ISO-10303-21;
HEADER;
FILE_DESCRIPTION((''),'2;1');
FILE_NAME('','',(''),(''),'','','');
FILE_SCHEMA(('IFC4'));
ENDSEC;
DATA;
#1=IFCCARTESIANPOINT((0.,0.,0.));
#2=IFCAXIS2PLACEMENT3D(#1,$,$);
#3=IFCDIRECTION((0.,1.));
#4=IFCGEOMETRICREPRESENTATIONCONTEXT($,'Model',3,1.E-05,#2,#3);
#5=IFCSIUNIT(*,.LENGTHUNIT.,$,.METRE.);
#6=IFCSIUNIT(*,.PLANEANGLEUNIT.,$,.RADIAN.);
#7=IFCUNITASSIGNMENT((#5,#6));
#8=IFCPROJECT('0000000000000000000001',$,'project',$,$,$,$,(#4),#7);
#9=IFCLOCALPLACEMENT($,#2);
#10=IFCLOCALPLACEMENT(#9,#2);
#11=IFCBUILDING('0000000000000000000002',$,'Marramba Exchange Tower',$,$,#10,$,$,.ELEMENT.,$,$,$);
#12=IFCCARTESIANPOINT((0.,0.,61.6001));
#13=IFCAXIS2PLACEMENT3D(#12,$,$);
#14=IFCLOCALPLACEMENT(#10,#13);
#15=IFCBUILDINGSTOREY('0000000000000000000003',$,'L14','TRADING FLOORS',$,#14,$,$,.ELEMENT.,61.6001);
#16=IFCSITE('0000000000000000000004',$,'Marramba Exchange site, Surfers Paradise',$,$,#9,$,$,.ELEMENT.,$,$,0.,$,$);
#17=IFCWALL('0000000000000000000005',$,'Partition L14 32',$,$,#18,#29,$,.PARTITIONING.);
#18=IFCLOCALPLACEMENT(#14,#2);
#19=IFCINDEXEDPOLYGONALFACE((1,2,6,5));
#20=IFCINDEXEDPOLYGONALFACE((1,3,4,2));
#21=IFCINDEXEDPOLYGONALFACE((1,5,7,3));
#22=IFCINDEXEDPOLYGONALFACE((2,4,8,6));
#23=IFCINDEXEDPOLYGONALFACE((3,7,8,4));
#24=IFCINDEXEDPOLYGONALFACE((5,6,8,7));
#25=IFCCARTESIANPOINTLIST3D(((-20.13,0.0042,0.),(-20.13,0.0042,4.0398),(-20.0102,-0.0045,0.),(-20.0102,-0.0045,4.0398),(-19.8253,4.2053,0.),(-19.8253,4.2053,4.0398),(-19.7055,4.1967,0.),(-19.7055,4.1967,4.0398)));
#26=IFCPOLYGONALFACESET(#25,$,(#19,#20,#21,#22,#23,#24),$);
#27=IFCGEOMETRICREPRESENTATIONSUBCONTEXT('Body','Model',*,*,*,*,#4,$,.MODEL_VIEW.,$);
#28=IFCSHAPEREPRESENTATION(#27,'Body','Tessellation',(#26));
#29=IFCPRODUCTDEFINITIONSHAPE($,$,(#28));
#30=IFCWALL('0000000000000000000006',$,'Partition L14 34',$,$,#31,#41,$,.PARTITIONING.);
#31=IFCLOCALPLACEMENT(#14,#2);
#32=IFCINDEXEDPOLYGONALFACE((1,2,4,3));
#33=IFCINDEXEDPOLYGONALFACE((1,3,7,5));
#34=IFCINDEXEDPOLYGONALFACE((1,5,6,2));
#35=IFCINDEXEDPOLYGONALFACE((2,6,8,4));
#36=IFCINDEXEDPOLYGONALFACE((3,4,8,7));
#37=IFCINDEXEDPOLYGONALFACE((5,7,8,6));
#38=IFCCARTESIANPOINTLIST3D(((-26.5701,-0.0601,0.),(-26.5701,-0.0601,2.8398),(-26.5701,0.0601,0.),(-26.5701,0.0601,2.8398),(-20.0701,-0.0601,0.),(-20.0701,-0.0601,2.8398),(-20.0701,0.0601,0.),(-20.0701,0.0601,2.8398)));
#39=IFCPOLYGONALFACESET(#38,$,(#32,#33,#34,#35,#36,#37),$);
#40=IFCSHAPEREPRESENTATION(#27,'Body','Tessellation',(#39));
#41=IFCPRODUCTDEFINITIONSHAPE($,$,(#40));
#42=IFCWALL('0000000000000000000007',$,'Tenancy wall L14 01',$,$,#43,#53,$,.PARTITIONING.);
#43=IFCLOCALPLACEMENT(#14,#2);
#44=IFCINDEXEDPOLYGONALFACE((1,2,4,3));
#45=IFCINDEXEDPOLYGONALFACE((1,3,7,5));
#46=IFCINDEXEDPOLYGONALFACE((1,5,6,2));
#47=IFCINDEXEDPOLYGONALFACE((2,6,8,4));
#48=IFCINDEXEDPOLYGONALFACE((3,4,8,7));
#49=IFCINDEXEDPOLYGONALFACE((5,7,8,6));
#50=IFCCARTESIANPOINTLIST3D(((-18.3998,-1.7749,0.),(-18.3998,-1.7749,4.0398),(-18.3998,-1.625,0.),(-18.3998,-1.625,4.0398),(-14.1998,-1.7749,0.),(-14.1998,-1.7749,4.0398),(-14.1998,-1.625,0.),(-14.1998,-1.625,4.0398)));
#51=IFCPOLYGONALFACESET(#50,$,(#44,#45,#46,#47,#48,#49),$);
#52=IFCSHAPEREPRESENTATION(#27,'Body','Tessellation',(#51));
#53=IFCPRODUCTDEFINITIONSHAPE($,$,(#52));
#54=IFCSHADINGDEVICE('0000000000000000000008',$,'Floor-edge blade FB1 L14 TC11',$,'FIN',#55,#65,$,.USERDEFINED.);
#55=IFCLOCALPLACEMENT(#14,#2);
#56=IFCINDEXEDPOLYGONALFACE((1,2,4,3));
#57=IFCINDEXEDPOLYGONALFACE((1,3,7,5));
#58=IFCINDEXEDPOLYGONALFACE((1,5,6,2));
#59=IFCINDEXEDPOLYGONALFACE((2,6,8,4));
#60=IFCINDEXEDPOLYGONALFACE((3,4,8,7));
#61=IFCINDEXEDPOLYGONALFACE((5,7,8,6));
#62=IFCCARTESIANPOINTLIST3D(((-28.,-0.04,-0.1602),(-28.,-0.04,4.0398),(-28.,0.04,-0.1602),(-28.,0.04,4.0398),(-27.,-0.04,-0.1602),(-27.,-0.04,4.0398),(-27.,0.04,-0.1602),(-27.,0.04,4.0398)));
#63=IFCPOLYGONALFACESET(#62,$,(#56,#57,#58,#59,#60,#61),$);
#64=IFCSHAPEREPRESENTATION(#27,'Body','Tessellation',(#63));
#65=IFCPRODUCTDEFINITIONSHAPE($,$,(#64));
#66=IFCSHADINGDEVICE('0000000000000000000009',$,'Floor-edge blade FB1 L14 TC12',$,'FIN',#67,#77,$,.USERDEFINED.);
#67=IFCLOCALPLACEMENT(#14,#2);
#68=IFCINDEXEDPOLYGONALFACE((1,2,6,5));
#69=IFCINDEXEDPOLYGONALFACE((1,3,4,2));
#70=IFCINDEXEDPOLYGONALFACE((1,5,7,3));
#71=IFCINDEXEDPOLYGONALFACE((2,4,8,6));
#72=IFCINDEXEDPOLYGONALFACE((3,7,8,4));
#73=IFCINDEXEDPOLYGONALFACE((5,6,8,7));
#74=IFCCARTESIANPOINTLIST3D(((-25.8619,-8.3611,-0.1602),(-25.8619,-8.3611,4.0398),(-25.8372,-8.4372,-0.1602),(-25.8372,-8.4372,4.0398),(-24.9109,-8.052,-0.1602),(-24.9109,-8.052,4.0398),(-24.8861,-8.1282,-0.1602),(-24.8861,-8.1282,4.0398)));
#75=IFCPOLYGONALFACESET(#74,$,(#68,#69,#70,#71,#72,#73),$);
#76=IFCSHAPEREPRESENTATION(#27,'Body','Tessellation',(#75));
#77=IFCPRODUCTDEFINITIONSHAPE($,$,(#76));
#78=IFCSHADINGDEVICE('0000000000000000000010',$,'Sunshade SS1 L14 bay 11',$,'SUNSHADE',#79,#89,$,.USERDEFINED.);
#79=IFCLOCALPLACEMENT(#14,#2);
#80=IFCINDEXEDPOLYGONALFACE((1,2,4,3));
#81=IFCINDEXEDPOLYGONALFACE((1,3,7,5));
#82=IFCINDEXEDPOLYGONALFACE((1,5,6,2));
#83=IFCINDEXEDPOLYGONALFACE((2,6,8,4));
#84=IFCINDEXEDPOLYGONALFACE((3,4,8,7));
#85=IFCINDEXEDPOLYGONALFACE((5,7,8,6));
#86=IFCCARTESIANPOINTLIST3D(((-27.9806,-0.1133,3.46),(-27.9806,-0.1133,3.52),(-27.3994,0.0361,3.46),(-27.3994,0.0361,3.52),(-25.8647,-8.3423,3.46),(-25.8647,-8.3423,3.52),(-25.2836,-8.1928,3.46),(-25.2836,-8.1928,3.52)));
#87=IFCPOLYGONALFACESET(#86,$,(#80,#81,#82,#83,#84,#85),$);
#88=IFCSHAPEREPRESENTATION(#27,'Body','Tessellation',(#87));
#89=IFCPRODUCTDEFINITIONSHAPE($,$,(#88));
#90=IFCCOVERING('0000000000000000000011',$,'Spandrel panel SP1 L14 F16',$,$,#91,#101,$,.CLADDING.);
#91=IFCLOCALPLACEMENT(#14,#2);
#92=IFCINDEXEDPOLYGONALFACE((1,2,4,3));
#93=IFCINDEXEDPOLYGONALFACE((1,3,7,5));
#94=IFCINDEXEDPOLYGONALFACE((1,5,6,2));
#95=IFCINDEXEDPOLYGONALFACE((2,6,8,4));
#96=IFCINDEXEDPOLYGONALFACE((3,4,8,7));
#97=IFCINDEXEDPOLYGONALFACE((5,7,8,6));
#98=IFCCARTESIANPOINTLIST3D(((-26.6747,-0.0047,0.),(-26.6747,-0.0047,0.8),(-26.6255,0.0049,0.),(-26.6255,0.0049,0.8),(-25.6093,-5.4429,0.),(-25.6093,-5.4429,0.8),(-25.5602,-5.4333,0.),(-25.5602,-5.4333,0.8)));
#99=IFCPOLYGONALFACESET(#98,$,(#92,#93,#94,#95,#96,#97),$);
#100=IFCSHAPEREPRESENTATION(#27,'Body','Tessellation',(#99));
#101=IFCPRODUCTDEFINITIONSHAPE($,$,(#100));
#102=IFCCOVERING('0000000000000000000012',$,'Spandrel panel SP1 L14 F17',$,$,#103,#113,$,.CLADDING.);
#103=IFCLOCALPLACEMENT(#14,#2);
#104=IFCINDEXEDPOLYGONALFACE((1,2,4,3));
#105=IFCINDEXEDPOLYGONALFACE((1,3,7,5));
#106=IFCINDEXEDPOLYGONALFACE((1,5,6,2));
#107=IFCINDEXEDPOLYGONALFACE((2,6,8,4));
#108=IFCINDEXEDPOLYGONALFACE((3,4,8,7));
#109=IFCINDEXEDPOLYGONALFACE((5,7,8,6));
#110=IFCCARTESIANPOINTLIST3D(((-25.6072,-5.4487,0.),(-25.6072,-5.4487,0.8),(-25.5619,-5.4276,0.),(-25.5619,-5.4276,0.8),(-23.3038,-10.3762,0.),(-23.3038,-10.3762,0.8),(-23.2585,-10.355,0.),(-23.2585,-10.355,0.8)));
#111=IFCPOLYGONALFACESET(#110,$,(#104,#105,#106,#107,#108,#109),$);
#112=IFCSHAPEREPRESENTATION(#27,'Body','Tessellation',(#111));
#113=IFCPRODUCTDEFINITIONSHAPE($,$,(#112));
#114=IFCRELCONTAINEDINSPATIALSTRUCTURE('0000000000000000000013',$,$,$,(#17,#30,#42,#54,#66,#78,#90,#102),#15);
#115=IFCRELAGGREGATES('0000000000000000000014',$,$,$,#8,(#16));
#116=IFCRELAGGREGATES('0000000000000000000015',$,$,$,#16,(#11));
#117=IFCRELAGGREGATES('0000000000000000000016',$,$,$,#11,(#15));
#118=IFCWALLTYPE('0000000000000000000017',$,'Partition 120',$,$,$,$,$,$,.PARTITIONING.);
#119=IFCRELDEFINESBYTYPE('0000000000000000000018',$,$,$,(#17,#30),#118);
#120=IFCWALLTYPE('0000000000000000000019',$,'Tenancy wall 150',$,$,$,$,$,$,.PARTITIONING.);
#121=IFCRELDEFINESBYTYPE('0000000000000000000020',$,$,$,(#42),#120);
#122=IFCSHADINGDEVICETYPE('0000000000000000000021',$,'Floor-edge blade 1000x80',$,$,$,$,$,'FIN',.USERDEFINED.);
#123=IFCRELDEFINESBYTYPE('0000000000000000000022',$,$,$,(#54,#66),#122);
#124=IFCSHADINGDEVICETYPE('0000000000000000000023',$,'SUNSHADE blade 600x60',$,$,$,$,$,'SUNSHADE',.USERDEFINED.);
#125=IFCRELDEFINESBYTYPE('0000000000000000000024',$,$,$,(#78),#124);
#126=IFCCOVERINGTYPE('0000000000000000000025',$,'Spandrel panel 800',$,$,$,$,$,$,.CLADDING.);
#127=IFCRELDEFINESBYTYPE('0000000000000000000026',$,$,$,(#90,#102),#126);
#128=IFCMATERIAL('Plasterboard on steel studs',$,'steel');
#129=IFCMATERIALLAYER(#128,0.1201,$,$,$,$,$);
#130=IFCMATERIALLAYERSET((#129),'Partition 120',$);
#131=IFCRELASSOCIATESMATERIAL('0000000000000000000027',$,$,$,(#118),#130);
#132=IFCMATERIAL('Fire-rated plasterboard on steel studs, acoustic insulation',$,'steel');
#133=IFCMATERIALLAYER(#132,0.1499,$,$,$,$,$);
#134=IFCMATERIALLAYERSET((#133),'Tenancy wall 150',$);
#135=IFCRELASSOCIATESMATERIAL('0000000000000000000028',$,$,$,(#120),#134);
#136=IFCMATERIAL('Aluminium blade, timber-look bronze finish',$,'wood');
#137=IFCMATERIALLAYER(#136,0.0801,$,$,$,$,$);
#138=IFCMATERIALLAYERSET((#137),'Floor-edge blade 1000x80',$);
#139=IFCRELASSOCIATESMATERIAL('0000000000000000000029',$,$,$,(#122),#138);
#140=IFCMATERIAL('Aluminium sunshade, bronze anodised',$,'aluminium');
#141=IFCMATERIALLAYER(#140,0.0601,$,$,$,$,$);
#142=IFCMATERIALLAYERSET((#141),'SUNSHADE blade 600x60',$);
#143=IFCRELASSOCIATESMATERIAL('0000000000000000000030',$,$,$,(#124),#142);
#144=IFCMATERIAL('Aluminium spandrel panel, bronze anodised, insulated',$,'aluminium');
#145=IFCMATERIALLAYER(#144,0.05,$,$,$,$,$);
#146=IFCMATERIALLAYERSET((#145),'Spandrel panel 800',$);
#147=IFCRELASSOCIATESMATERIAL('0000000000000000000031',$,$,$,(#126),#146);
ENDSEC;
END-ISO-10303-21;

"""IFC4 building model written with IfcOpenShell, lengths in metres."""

from ifc_helpers import new_model, si_unit, direction, frame, frame_2d, origin, origin_2d, place, context, subcontext, project, spatial, rectangle, extrude, material, layer, layer_set, type_object, element, save


model = new_model("IFC4")

# Units and contexts
model_context = context("Model", 3, precision=1e-05, world=origin(), true_north=direction((0.0, 1.0)))
body_context = subcontext(model_context, "Body", "Model", "MODEL_VIEW")
ifc_project = project(units=[si_unit("LENGTHUNIT", "METRE"), si_unit("PLANEANGLEUNIT", "RADIAN")], contexts=[model_context])

# Site, building, storey
site_placement = place(None, origin())
site = spatial("IfcSite", under=ifc_project, at=site_placement, Name="Marramba Exchange site, Surfers Paradise", CompositionType="ELEMENT", RefElevation=0.0)
building_placement = place(site_placement, origin())
building = spatial("IfcBuilding", under=site, at=building_placement, Name="Marramba Exchange Tower", CompositionType="ELEMENT")
storey_placement = place(building_placement, frame((0.0, 0.0, 61.6001)))
storey = spatial("IfcBuildingStorey", under=building, at=storey_placement, Name="L14", Description="TRADING FLOORS", CompositionType="ELEMENT", Elevation=61.6001)

# Shared definitions
ifc_material_1 = material(Name="Plasterboard on steel studs", Category="steel")
ifc_layer_1 = layer(ifc_material_1, 0.1201)
ifc_layer_set_1 = layer_set([ifc_layer_1], Name="Partition 120")
wall_type_1 = type_object("IfcWallType", Name="Partition 120", PredefinedType="PARTITIONING", material=ifc_layer_set_1)

# Walls
wall_1_placement = place(storey_placement, frame((-20.0701, 0.0, 0.0), z_axis=(0.0, 0.0, 1.0), x_axis=(0.072334, 0.99738, 0.0)))
element("IfcWall", 1, at=wall_1_placement, inside=storey, type_object=wall_type_1, Name="Partition L14 32", PredefinedType="PARTITIONING", context=body_context, shape_type="SweptSolid", body=[
    extrude(rectangle(XDim=4.2122, YDim=0.1201, at=frame_2d((2.106, 0.0))), origin(), (0.0, 0.0, 1.0), 4.0398),
])
wall_2_placement = place(storey_placement, frame((-26.5701, 0.0, 0.0), z_axis=(0.0, 0.0, 1.0), x_axis=(1.0, 0.0, 0.0)))
element("IfcWall", 2, at=wall_2_placement, inside=storey, type_object=wall_type_1, Name="Partition L14 34", PredefinedType="PARTITIONING", context=body_context, shape_type="SweptSolid", body=[
    extrude(rectangle(XDim=6.5, YDim=0.1201, at=frame_2d((3.25, 0.0))), origin(), (0.0, 0.0, 1.0), 2.8398),
])
ifc_material_2 = material(Name="Fire-rated plasterboard on steel studs, acoustic insulation", Category="steel")
ifc_layer_2 = layer(ifc_material_2, 0.1499)
ifc_layer_set_2 = layer_set([ifc_layer_2], Name="Tenancy wall 150")
wall_type_2 = type_object("IfcWallType", Name="Tenancy wall 150", PredefinedType="PARTITIONING", material=ifc_layer_set_2)
wall_3_placement = place(storey_placement, frame((-18.3999, -1.7, 0.0), z_axis=(0.0, 0.0, 1.0), x_axis=(1.0, 0.0, 0.0)))
element("IfcWall", 3, at=wall_3_placement, inside=storey, type_object=wall_type_2, Name="Tenancy wall L14 01", PredefinedType="PARTITIONING", context=body_context, shape_type="SweptSolid", body=[
    extrude(rectangle(XDim=4.2, YDim=0.1499, at=frame_2d((2.1001, 0.0))), origin(), (0.0, 0.0, 1.0), 4.0398),
])

# Shading devices
ifc_material_3 = material(Name="Aluminium blade, timber-look bronze finish", Category="wood")
ifc_layer_3 = layer(ifc_material_3, 0.0801)
ifc_layer_set_3 = layer_set([ifc_layer_3], Name="Floor-edge blade 1000x80")
shading_device_type_1 = type_object("IfcShadingDeviceType", Name="Floor-edge blade 1000x80", ElementType="FIN", PredefinedType="USERDEFINED", material=ifc_layer_set_3)
for number, where, z_axis, x_axis, name in (
    (4, (-27.5, 0.0, -0.1602), (0.0, 0.0, 1.0), (-1.0, 0.0, 0.0), "Floor-edge blade FB1 L14 TC11"),
    (5, (-25.374, -8.2446, -0.1602), (0.0, 0.0, 1.0), (-0.951057, -0.309017, 0.0), "Floor-edge blade FB1 L14 TC12"),
):
    element("IfcShadingDevice", number, at=place(storey_placement, frame(where, z_axis=z_axis, x_axis=x_axis)), inside=storey, type_object=shading_device_type_1, Name=name, ObjectType="FIN", PredefinedType="USERDEFINED", context=body_context, shape_type="SweptSolid", body=[
        extrude(rectangle(XDim=1.0, YDim=0.0801, at=origin_2d()), origin(), (0.0, 0.0, 1.0), 4.2),
    ])
ifc_material_4 = material(Name="Aluminium sunshade, bronze anodised", Category="aluminium")
ifc_layer_4 = layer(ifc_material_4, 0.0601)
ifc_layer_set_4 = layer_set([ifc_layer_4], Name="SUNSHADE blade 600x60")
shading_device_type_2 = type_object("IfcShadingDeviceType", Name="SUNSHADE blade 600x60", ElementType="SUNSHADE", PredefinedType="USERDEFINED", material=ifc_layer_set_4)
shading_device_placement = place(storey_placement, frame((-26.6321, -4.1531, 3.46), z_axis=(0.0, 0.0, 1.0), x_axis=(0.249025, -0.968497, 0.0)))
element("IfcShadingDevice", 6, at=shading_device_placement, inside=storey, type_object=shading_device_type_2, Name="Sunshade SS1 L14 bay 11", ObjectType="SUNSHADE", PredefinedType="USERDEFINED", context=body_context, shape_type="SweptSolid", body=[
    extrude(rectangle(XDim=8.4966, YDim=0.6001, at=origin_2d()), origin(), (0.0, 0.0, 1.0), 0.0601),
])

# Coverings
ifc_material_5 = material(Name="Aluminium spandrel panel, bronze anodised, insulated", Category="aluminium")
ifc_layer_5 = layer(ifc_material_5, 0.05)
ifc_layer_set_5 = layer_set([ifc_layer_5], Name="Spandrel panel 800")
covering_type = type_object("IfcCoveringType", Name="Spandrel panel 800", PredefinedType="CLADDING", material=ifc_layer_set_5)
covering_1_placement = place(storey_placement, frame((-26.1174, -2.719, 0.0), z_axis=(0.0, 0.0, 1.0), x_axis=(0.192249, -0.981346, 0.0)))
element("IfcCovering", 7, at=covering_1_placement, inside=storey, type_object=covering_type, Name="Spandrel panel SP1 L14 F16", PredefinedType="CLADDING", context=body_context, shape_type="SweptSolid", body=[
    extrude(rectangle(XDim=5.5415, YDim=0.05, at=origin_2d()), origin(), (0.0, 0.0, 1.0), 0.8),
])
covering_2_placement = place(storey_placement, frame((-24.4329, -7.9019, 0.0), z_axis=(0.0, 0.0, 1.0), x_axis=(0.423477, -0.905907, 0.0)))
element("IfcCovering", 8, at=covering_2_placement, inside=storey, type_object=covering_type, Name="Spandrel panel SP1 L14 F17", PredefinedType="CLADDING", context=body_context, shape_type="SweptSolid", body=[
    extrude(rectangle(XDim=5.4392, YDim=0.05, at=origin_2d()), origin(), (0.0, 0.0, 1.0), 0.8),
])

save(model, "model.ifc")
